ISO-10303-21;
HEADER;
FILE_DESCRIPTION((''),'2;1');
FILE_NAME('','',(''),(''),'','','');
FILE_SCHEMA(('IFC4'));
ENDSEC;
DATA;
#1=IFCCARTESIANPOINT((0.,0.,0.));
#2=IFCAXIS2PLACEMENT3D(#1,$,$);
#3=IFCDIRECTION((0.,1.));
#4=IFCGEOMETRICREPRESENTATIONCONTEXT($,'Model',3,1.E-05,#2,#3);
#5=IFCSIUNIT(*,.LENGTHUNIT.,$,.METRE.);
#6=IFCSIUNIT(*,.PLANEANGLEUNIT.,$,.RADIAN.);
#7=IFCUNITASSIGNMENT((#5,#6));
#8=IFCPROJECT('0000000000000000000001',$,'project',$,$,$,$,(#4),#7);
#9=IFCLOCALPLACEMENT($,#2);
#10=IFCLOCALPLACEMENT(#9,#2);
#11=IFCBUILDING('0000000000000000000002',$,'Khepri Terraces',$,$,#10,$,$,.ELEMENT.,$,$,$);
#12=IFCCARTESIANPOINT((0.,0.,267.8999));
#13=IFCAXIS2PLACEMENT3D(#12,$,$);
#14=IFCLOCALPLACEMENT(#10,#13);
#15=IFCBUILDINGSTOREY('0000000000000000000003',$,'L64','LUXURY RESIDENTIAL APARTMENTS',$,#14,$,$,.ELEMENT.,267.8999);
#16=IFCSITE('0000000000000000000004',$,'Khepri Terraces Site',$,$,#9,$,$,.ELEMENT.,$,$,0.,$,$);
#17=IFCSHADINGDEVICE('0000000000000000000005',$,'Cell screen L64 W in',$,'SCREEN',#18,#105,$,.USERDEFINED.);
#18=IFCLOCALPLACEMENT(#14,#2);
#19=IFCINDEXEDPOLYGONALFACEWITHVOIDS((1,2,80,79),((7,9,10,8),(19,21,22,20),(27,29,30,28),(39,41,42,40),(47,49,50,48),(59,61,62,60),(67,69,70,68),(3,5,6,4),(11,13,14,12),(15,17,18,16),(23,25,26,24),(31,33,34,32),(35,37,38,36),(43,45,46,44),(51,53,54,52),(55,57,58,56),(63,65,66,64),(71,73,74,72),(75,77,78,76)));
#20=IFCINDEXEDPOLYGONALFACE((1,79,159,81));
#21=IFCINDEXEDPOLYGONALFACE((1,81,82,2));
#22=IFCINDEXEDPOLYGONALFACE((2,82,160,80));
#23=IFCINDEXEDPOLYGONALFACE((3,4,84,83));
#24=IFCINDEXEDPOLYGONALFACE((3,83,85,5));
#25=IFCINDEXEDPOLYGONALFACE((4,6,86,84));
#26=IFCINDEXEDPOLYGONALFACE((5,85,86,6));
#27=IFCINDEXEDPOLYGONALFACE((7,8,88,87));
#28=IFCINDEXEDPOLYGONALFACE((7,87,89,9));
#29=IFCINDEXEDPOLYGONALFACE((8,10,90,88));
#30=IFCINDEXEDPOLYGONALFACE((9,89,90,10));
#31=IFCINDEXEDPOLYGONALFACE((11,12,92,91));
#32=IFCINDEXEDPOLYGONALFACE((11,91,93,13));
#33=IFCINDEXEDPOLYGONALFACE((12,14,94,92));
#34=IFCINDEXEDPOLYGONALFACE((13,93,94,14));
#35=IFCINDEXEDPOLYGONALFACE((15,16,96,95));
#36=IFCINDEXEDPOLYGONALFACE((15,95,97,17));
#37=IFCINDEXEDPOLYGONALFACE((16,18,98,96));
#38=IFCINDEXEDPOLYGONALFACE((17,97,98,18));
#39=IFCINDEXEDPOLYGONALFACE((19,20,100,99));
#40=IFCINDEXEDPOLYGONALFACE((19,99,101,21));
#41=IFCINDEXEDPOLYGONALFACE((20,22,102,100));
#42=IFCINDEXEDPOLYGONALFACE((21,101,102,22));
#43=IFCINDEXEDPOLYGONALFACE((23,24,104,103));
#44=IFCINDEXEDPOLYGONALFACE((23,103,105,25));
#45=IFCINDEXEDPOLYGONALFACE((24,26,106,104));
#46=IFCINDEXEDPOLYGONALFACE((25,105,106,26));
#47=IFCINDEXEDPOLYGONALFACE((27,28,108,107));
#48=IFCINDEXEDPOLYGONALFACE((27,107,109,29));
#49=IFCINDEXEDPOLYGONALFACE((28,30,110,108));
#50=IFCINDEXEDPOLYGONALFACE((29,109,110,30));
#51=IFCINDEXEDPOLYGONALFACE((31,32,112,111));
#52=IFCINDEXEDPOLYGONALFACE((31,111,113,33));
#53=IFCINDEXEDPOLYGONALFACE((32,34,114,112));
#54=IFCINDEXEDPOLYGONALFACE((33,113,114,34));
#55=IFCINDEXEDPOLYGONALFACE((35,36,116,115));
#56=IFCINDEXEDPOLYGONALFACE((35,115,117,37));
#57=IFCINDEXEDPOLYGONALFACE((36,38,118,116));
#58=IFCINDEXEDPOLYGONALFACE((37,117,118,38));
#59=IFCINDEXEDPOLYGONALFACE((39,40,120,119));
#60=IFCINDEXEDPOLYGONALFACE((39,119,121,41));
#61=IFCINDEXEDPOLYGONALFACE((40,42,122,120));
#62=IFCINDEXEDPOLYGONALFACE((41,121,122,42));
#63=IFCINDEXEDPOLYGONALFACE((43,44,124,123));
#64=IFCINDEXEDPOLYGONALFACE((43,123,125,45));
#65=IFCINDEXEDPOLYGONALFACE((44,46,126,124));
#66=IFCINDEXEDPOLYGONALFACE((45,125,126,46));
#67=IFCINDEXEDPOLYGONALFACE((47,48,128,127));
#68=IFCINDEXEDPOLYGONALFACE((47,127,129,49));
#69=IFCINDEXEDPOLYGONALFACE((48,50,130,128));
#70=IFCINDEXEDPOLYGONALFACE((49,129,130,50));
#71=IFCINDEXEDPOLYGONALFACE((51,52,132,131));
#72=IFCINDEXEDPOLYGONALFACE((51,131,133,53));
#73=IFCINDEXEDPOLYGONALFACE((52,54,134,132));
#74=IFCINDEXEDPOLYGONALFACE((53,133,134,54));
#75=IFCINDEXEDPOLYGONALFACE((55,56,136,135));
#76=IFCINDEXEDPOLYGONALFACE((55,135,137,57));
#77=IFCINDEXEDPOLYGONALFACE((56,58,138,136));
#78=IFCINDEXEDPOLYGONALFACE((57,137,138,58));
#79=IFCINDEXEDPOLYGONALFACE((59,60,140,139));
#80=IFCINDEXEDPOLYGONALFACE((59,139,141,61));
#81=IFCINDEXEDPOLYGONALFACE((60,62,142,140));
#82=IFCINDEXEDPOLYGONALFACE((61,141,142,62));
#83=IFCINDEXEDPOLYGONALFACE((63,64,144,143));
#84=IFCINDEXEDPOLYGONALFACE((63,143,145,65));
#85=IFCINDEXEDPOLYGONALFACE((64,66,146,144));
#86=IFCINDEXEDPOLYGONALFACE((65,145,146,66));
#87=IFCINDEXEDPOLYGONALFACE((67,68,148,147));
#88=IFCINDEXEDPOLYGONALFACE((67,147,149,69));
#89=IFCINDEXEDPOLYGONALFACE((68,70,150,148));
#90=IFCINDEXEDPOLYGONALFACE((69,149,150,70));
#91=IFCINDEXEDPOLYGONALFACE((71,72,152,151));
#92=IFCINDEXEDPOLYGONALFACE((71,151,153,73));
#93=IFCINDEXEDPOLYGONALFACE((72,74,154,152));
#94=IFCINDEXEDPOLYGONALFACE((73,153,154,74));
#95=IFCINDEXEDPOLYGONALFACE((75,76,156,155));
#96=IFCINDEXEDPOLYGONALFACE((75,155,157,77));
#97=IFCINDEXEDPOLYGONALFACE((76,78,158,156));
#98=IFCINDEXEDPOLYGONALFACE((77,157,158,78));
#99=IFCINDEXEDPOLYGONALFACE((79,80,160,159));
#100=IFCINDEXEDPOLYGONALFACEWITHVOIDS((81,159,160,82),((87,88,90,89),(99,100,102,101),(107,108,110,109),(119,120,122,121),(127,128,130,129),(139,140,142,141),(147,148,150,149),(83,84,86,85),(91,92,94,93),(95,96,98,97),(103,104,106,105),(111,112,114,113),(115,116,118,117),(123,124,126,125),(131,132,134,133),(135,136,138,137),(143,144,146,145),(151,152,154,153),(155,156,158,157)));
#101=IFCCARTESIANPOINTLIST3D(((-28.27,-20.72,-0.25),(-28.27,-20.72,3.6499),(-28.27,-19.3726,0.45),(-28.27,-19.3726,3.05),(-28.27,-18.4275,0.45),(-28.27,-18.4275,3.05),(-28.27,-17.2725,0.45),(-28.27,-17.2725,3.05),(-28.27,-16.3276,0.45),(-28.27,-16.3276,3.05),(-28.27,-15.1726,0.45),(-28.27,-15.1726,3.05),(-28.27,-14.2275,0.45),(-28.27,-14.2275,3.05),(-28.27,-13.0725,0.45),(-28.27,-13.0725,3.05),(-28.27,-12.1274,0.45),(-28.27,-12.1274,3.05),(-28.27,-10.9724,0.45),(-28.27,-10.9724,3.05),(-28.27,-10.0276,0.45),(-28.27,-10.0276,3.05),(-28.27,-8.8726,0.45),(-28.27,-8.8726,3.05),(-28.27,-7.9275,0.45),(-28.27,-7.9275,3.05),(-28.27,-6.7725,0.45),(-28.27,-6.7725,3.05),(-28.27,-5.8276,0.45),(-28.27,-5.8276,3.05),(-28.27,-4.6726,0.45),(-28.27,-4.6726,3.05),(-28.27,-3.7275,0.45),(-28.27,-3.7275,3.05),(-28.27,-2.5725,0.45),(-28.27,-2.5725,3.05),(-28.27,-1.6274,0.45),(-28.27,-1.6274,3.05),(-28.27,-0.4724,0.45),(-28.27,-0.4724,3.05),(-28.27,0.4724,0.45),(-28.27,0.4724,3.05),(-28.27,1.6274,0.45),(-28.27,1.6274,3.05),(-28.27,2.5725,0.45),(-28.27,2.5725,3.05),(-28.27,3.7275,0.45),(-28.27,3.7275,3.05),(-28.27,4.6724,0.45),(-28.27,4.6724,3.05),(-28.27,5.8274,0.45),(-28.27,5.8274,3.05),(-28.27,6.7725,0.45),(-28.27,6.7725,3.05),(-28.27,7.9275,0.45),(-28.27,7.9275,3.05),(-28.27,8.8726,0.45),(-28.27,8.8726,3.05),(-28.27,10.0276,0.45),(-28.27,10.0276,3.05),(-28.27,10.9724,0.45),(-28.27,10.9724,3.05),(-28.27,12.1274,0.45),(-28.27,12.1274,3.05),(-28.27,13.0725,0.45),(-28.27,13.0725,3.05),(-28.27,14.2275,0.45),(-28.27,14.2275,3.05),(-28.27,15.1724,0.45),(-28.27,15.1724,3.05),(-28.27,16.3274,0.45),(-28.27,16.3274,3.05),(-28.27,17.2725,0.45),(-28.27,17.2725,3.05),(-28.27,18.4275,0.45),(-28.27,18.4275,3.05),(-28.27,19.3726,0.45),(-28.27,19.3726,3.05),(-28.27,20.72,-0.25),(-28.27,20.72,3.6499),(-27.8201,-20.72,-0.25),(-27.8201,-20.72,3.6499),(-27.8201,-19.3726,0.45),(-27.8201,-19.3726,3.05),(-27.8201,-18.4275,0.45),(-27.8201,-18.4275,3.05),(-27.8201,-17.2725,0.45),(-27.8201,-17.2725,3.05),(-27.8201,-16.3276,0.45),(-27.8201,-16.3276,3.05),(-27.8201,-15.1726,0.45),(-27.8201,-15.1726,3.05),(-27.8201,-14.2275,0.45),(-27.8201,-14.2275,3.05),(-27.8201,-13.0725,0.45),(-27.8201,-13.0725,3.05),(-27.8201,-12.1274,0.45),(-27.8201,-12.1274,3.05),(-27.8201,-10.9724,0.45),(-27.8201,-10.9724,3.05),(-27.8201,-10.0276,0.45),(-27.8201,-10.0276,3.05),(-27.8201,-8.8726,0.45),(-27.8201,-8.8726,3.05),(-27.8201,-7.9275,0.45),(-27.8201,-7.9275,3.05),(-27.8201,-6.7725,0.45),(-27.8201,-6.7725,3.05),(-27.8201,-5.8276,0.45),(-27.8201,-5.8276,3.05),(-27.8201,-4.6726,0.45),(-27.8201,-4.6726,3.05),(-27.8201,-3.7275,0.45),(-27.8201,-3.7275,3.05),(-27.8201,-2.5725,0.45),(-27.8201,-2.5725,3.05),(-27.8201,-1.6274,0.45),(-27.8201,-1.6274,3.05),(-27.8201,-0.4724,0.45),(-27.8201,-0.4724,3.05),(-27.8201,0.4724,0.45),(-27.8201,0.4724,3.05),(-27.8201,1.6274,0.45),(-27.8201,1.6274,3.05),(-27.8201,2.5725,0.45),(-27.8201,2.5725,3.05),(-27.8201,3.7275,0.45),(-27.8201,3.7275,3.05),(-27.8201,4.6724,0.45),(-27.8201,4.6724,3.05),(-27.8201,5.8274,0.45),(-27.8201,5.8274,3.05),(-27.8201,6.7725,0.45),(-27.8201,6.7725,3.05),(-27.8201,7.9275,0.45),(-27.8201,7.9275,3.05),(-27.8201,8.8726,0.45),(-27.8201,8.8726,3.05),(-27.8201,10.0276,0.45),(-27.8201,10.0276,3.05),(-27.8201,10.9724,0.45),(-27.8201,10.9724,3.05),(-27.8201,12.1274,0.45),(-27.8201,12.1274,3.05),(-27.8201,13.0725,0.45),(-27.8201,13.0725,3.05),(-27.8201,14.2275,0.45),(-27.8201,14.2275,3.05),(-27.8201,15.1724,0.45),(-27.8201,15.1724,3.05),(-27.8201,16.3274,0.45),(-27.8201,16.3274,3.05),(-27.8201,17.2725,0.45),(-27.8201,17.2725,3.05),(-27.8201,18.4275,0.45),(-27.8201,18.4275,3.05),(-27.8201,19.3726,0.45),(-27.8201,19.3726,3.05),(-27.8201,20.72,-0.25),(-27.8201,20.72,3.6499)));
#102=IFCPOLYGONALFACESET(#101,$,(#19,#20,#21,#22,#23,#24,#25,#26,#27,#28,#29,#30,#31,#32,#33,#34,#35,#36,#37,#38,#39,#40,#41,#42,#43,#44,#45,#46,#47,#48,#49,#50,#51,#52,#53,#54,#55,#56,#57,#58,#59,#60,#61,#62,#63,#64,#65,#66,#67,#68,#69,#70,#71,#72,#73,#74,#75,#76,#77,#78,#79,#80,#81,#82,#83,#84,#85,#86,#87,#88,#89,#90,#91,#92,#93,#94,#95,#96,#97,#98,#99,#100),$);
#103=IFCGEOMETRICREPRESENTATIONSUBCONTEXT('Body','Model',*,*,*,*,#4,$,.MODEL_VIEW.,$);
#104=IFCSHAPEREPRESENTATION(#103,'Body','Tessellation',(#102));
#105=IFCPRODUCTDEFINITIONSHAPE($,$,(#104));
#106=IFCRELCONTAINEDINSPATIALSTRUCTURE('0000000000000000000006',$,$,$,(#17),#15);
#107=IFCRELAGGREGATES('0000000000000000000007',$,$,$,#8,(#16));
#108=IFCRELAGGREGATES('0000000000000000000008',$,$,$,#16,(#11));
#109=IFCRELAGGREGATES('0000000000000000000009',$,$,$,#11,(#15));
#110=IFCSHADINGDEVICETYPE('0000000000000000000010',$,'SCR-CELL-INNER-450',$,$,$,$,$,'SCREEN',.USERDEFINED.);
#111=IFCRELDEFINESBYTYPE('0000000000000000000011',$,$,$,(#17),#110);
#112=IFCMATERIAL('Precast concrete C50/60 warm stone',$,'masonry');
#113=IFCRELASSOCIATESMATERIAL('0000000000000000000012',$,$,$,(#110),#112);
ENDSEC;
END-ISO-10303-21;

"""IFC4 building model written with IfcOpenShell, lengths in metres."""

from ifc_helpers import new_model, si_unit, direction, frame, origin, place, context, subcontext, project, spatial, polyline, outline, extrude, material, type_object, element, save


model = new_model("IFC4")

# Units and contexts
model_context = context("Model", 3, precision=1e-05, world=origin(), true_north=direction((0.0, 1.0)))
body_context = subcontext(model_context, "Body", "Model", "MODEL_VIEW")
ifc_project = project(units=[si_unit("LENGTHUNIT", "METRE"), si_unit("PLANEANGLEUNIT", "RADIAN")], contexts=[model_context])

# Site, building, storey
site_placement = place(None, origin())
site = spatial("IfcSite", under=ifc_project, at=site_placement, Name="Khepri Terraces Site", CompositionType="ELEMENT", RefElevation=0.0)
building_placement = place(site_placement, origin())
building = spatial("IfcBuilding", under=site, at=building_placement, Name="Khepri Terraces", CompositionType="ELEMENT")
storey_placement = place(building_placement, frame((0.0, 0.0, 267.8999)))
storey = spatial("IfcBuildingStorey", under=building, at=storey_placement, Name="L64", Description="LUXURY RESIDENTIAL APARTMENTS", CompositionType="ELEMENT", Elevation=267.8999)

# Shared definitions
ifc_material_1 = material(Name="Precast concrete C50/60 warm stone", Category="masonry")

# Shading device
shading_device_type_1 = type_object("IfcShadingDeviceType", Name="SCR-CELL-INNER-450", ElementType="SCREEN", PredefinedType="USERDEFINED", material=ifc_material_1)
shading_device_1_placement = place(storey_placement, frame((-27.8201, 20.72, -0.25), z_axis=(-1.0, 0.0, 0.0), x_axis=(0.0, -1.0, 0.0)))
element("IfcShadingDevice", 1, at=shading_device_1_placement, inside=storey, type_object=shading_device_type_1, Name="Cell screen L64 W in", ObjectType="SCREEN", PredefinedType="USERDEFINED", context=body_context, shape_type="SweptSolid", body=[
    extrude(outline(polyline([(0.0, 0.0), (41.4399, 0.0), (41.4399, 3.8999), (0.0, 3.8999), (0.0, 0.0)]), holes=[polyline([(1.3474, 0.7), (2.2925, 0.7), (2.2925, 3.3), (1.3474, 3.3), (1.3474, 0.7)]), polyline([(3.4475, 0.7), (4.3926, 0.7), (4.3926, 3.3), (3.4475, 3.3), (3.4475, 0.7)]), polyline([(5.5476, 0.7), (6.4924, 0.7), (6.4924, 3.3), (5.5476, 3.3), (5.5476, 0.7)]), polyline([(7.6475, 0.7), (8.5925, 0.7), (8.5925, 3.3), (7.6475, 3.3), (7.6475, 0.7)]), polyline([(9.7476, 0.7), (10.6924, 0.7), (10.6924, 3.3), (9.7476, 3.3), (9.7476, 0.7)]), polyline([(11.8474, 0.7), (12.7925, 0.7), (12.7925, 3.3), (11.8474, 3.3), (11.8474, 0.7)]), polyline([(13.9475, 0.7), (14.8926, 0.7), (14.8926, 3.3), (13.9475, 3.3), (13.9475, 0.7)]), polyline([(16.0476, 0.7), (16.9924, 0.7), (16.9924, 3.3), (16.0476, 3.3), (16.0476, 0.7)]), polyline([(18.1475, 0.7), (19.0925, 0.7), (19.0925, 3.3), (18.1475, 3.3), (18.1475, 0.7)]), polyline([(20.2476, 0.7), (21.1924, 0.7), (21.1924, 3.3), (20.2476, 3.3), (20.2476, 0.7)]), polyline([(22.3474, 0.7), (23.2925, 0.7), (23.2925, 3.3), (22.3474, 3.3), (22.3474, 0.7)]), polyline([(24.4475, 0.7), (25.3926, 0.7), (25.3926, 3.3), (24.4475, 3.3), (24.4475, 0.7)]), polyline([(26.5476, 0.7), (27.4924, 0.7), (27.4924, 3.3), (26.5476, 3.3), (26.5476, 0.7)]), polyline([(28.6475, 0.7), (29.5925, 0.7), (29.5925, 3.3), (28.6475, 3.3), (28.6475, 0.7)]), polyline([(30.7476, 0.7), (31.6924, 0.7), (31.6924, 3.3), (30.7476, 3.3), (30.7476, 0.7)]), polyline([(32.8474, 0.7), (33.7925, 0.7), (33.7925, 3.3), (32.8474, 3.3), (32.8474, 0.7)]), polyline([(34.9475, 0.7), (35.8926, 0.7), (35.8926, 3.3), (34.9475, 3.3), (34.9475, 0.7)]), polyline([(37.0476, 0.7), (37.9924, 0.7), (37.9924, 3.3), (37.0476, 3.3), (37.0476, 0.7)]), polyline([(39.1475, 0.7), (40.0925, 0.7), (40.0925, 3.3), (39.1475, 3.3), (39.1475, 0.7)])]), origin(), (0.0, 0.0, 1.0), 0.45),
])

save(model, "model.ifc")
